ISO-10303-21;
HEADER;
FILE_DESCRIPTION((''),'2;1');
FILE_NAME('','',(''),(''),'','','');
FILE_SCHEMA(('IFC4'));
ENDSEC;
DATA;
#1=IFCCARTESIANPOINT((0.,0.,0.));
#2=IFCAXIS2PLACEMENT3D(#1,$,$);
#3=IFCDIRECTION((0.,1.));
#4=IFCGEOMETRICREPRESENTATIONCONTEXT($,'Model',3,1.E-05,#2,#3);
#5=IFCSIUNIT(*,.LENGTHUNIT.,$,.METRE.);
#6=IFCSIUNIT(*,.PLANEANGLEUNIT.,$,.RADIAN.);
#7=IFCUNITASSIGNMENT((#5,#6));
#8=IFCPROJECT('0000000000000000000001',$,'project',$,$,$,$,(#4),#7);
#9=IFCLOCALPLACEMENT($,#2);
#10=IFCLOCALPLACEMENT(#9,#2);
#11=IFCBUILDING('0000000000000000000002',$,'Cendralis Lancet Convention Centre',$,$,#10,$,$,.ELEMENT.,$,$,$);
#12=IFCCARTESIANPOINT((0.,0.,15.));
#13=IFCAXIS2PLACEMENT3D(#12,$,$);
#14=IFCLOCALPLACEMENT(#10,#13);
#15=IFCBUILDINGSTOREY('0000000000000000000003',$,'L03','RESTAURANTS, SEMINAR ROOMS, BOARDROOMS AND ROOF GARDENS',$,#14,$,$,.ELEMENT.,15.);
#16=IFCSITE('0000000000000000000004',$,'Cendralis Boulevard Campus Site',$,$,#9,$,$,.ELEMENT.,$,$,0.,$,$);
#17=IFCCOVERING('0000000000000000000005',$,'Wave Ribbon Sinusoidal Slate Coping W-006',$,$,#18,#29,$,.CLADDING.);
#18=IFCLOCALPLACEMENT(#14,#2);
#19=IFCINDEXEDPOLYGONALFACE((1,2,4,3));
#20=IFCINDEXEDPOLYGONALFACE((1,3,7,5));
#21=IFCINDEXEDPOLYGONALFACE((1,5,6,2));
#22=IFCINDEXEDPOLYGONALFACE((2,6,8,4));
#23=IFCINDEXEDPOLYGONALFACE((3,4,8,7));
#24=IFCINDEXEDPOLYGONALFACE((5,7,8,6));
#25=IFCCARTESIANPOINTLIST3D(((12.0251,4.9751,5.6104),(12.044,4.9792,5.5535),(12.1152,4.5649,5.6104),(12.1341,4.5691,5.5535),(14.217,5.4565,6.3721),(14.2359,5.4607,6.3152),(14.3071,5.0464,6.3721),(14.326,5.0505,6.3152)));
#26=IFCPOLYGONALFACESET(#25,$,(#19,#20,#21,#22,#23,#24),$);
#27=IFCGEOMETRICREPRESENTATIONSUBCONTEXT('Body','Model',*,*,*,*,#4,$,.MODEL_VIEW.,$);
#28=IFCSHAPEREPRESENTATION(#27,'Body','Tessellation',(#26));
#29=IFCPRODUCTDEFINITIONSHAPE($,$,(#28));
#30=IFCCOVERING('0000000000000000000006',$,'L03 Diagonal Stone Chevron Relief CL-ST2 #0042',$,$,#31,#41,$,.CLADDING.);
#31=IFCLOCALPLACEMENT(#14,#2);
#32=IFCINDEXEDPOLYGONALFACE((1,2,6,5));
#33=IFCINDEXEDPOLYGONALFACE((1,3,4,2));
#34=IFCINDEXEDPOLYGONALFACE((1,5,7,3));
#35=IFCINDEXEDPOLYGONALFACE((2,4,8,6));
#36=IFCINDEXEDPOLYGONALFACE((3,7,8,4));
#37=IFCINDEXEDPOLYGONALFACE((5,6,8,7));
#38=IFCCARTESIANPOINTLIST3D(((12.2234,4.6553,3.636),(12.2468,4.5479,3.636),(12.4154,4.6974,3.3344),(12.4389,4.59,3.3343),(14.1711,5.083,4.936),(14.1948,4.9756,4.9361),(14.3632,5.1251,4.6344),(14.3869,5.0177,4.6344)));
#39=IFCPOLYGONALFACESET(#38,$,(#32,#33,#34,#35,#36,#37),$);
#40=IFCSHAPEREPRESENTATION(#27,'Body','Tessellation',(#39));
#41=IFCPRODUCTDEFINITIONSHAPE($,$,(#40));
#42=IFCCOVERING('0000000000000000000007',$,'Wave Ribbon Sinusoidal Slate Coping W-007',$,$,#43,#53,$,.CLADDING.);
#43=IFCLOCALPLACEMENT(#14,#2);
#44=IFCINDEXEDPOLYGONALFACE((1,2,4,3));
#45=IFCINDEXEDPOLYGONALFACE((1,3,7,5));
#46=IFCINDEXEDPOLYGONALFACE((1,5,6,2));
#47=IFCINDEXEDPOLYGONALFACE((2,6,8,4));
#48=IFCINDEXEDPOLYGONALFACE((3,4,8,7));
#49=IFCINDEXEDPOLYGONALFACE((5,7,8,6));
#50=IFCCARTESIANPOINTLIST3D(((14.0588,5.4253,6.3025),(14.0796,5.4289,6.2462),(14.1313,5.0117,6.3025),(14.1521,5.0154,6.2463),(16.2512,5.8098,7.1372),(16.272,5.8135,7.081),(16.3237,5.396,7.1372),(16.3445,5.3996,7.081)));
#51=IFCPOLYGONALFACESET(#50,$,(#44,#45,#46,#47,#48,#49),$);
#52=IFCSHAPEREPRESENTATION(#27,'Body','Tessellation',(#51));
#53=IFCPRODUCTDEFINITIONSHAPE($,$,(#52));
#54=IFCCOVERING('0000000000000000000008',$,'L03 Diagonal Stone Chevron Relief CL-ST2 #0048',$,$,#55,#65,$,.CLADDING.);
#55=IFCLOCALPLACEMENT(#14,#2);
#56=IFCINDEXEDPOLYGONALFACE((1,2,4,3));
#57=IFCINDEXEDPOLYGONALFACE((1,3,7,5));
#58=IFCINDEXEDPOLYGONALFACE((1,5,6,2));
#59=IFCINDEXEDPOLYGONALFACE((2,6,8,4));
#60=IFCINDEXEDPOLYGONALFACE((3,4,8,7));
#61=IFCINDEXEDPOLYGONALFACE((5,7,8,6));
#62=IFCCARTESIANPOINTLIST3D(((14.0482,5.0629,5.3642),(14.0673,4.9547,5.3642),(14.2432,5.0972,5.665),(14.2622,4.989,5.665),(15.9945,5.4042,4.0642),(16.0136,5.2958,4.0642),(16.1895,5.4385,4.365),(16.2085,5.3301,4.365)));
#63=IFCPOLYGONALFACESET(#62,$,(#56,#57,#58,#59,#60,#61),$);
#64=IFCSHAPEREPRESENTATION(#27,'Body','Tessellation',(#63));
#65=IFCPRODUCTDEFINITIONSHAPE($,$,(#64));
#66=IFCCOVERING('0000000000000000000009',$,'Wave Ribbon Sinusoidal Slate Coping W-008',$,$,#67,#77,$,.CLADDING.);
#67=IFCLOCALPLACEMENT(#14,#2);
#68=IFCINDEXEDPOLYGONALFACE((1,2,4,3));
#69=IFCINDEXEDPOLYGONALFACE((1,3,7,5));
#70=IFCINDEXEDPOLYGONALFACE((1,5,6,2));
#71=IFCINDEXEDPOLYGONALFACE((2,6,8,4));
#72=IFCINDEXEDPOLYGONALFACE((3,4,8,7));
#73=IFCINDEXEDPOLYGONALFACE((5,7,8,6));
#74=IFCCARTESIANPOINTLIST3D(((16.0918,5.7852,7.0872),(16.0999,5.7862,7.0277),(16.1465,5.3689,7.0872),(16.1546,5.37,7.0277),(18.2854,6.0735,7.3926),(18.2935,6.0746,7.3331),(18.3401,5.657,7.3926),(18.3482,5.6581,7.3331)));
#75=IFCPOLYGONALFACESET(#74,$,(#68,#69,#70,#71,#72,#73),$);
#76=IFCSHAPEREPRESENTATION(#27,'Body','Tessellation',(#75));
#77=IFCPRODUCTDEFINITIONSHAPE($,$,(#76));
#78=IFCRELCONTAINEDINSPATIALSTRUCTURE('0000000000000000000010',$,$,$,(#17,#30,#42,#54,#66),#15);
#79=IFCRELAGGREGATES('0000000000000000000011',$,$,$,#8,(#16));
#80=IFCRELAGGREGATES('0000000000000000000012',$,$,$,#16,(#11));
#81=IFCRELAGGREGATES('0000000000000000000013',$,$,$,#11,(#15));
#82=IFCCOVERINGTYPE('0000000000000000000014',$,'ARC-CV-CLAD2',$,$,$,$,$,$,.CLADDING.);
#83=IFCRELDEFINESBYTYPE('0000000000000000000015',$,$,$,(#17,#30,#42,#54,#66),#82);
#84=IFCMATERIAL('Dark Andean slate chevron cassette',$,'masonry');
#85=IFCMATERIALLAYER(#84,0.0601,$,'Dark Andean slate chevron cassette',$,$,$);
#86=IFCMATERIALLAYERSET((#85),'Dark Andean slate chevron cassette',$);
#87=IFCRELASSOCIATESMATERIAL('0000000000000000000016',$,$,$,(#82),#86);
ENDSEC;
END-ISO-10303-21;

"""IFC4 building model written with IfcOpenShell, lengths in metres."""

from ifc_helpers import new_model, si_unit, direction, frame, origin, place, context, subcontext, project, spatial, polyline, outline, extrude, material, layer, layer_set, type_object, element, save


model = new_model("IFC4")

# Units and contexts
model_context = context("Model", 3, precision=1e-05, world=origin(), true_north=direction((0.0, 1.0)))
body_context = subcontext(model_context, "Body", "Model", "MODEL_VIEW")
ifc_project = project(units=[si_unit("LENGTHUNIT", "METRE"), si_unit("PLANEANGLEUNIT", "RADIAN")], contexts=[model_context])

# Site, building, storey
site_placement = place(None, origin())
site = spatial("IfcSite", under=ifc_project, at=site_placement, Name="Cendralis Boulevard Campus Site", CompositionType="ELEMENT", RefElevation=0.0)
building_placement = place(site_placement, origin())
building = spatial("IfcBuilding", under=site, at=building_placement, Name="Cendralis Lancet Convention Centre", CompositionType="ELEMENT")
storey_placement = place(building_placement, frame((0.0, 0.0, 15.0)))
storey = spatial("IfcBuildingStorey", under=building, at=storey_placement, Name="L03", Description="RESTAURANTS, SEMINAR ROOMS, BOARDROOMS AND ROOF GARDENS", CompositionType="ELEMENT", Elevation=15.0)

# Shared definitions
ifc_material_1 = material(Name="Dark Andean slate chevron cassette", Category="masonry")

# Coverings
ifc_layer_1 = layer(ifc_material_1, 0.0601, Name="Dark Andean slate chevron cassette")
ifc_layer_set_1 = layer_set([ifc_layer_1], Name="Dark Andean slate chevron cassette")
covering_type_1 = type_object("IfcCoveringType", Name="ARC-CV-CLAD2", PredefinedType="CLADDING", material=ifc_layer_set_1)
covering_1_placement = place(storey_placement, frame((12.1152, 4.5649, 5.6104), z_axis=(-0.313931, -0.068953, 0.946939), x_axis=(0.924891, 0.20315, 0.321414)))
element("IfcCovering", 1, at=covering_1_placement, inside=storey, type_object=covering_type_1, Name="Wave Ribbon Sinusoidal Slate Coping W-006", PredefinedType="CLADDING", context=body_context, shape_type="SweptSolid", body=[
    extrude(outline(polyline([(0.0, 0.0), (2.3699, 0.0), (2.3699, 0.4199), (0.0, 0.4199), (0.0, 0.0)])), origin(), (0.0, 0.0, -1.0), 0.0601),
])
covering_2_placement = place(storey_placement, frame((12.2468, 4.5479, 3.636), z_axis=(-0.533421, -0.116989, 0.837721), x_axis=(0.818228, 0.179664, 0.546099)))
element("IfcCovering", 2, at=covering_2_placement, inside=storey, type_object=covering_type_1, Name="L03 Diagonal Stone Chevron Relief CL-ST2 #0042", PredefinedType="CLADDING", context=body_context, shape_type="SweptSolid", body=[
    extrude(outline(polyline([(0.0, 0.0), (2.3807, 0.0), (2.3806, 0.11), (0.0001, 0.1099), (0.0, 0.0)])), origin(), (0.0, 0.0, -1.0), 0.3601),
])
covering_3_placement = place(storey_placement, frame((14.1313, 5.0117, 6.3025), z_axis=(-0.345863, -0.06062, 0.936325), x_axis=(0.922265, 0.161653, 0.351135)))
element("IfcCovering", 3, at=covering_3_placement, inside=storey, type_object=covering_type_1, Name="Wave Ribbon Sinusoidal Slate Coping W-007", PredefinedType="CLADDING", context=body_context, shape_type="SweptSolid", body=[
    extrude(outline(polyline([(0.0, 0.0), (2.3772, 0.0), (2.3772, 0.4201), (0.0, 0.4199), (0.0, 0.0)])), origin(), (0.0, 0.0, -1.0), 0.0601),
])
covering_4_placement = place(storey_placement, frame((14.2622, 4.989, 5.665), z_axis=(0.541329, 0.095206, 0.835403), x_axis=(0.822865, 0.144197, -0.549637)))
element("IfcCovering", 4, at=covering_4_placement, inside=storey, type_object=covering_type_1, Name="L03 Diagonal Stone Chevron Relief CL-ST2 #0048", PredefinedType="CLADDING", context=body_context, shape_type="SweptSolid", body=[
    extrude(outline(polyline([(0.0, 0.0), (2.3653, 0.0), (2.3652, 0.1101), (-0.0001, 0.1098), (0.0, 0.0)])), origin(), (0.0, 0.0, -1.0), 0.3601),
])
covering_5_placement = place(storey_placement, frame((16.1465, 5.3689, 7.0872), z_axis=(-0.135584, -0.017808, 0.990606), x_axis=(0.982172, 0.128989, 0.136749)))
element("IfcCovering", 5, at=covering_5_placement, inside=storey, type_object=covering_type_1, Name="Wave Ribbon Sinusoidal Slate Coping W-008", PredefinedType="CLADDING", context=body_context, shape_type="SweptSolid", body=[
    extrude(outline(polyline([(0.0, 0.0), (2.2334, 0.0), (2.2334, 0.4201), (0.0, 0.4198), (0.0, 0.0)])), origin(), (0.0, 0.0, -1.0), 0.0601),
])

save(model, "model.ifc")
